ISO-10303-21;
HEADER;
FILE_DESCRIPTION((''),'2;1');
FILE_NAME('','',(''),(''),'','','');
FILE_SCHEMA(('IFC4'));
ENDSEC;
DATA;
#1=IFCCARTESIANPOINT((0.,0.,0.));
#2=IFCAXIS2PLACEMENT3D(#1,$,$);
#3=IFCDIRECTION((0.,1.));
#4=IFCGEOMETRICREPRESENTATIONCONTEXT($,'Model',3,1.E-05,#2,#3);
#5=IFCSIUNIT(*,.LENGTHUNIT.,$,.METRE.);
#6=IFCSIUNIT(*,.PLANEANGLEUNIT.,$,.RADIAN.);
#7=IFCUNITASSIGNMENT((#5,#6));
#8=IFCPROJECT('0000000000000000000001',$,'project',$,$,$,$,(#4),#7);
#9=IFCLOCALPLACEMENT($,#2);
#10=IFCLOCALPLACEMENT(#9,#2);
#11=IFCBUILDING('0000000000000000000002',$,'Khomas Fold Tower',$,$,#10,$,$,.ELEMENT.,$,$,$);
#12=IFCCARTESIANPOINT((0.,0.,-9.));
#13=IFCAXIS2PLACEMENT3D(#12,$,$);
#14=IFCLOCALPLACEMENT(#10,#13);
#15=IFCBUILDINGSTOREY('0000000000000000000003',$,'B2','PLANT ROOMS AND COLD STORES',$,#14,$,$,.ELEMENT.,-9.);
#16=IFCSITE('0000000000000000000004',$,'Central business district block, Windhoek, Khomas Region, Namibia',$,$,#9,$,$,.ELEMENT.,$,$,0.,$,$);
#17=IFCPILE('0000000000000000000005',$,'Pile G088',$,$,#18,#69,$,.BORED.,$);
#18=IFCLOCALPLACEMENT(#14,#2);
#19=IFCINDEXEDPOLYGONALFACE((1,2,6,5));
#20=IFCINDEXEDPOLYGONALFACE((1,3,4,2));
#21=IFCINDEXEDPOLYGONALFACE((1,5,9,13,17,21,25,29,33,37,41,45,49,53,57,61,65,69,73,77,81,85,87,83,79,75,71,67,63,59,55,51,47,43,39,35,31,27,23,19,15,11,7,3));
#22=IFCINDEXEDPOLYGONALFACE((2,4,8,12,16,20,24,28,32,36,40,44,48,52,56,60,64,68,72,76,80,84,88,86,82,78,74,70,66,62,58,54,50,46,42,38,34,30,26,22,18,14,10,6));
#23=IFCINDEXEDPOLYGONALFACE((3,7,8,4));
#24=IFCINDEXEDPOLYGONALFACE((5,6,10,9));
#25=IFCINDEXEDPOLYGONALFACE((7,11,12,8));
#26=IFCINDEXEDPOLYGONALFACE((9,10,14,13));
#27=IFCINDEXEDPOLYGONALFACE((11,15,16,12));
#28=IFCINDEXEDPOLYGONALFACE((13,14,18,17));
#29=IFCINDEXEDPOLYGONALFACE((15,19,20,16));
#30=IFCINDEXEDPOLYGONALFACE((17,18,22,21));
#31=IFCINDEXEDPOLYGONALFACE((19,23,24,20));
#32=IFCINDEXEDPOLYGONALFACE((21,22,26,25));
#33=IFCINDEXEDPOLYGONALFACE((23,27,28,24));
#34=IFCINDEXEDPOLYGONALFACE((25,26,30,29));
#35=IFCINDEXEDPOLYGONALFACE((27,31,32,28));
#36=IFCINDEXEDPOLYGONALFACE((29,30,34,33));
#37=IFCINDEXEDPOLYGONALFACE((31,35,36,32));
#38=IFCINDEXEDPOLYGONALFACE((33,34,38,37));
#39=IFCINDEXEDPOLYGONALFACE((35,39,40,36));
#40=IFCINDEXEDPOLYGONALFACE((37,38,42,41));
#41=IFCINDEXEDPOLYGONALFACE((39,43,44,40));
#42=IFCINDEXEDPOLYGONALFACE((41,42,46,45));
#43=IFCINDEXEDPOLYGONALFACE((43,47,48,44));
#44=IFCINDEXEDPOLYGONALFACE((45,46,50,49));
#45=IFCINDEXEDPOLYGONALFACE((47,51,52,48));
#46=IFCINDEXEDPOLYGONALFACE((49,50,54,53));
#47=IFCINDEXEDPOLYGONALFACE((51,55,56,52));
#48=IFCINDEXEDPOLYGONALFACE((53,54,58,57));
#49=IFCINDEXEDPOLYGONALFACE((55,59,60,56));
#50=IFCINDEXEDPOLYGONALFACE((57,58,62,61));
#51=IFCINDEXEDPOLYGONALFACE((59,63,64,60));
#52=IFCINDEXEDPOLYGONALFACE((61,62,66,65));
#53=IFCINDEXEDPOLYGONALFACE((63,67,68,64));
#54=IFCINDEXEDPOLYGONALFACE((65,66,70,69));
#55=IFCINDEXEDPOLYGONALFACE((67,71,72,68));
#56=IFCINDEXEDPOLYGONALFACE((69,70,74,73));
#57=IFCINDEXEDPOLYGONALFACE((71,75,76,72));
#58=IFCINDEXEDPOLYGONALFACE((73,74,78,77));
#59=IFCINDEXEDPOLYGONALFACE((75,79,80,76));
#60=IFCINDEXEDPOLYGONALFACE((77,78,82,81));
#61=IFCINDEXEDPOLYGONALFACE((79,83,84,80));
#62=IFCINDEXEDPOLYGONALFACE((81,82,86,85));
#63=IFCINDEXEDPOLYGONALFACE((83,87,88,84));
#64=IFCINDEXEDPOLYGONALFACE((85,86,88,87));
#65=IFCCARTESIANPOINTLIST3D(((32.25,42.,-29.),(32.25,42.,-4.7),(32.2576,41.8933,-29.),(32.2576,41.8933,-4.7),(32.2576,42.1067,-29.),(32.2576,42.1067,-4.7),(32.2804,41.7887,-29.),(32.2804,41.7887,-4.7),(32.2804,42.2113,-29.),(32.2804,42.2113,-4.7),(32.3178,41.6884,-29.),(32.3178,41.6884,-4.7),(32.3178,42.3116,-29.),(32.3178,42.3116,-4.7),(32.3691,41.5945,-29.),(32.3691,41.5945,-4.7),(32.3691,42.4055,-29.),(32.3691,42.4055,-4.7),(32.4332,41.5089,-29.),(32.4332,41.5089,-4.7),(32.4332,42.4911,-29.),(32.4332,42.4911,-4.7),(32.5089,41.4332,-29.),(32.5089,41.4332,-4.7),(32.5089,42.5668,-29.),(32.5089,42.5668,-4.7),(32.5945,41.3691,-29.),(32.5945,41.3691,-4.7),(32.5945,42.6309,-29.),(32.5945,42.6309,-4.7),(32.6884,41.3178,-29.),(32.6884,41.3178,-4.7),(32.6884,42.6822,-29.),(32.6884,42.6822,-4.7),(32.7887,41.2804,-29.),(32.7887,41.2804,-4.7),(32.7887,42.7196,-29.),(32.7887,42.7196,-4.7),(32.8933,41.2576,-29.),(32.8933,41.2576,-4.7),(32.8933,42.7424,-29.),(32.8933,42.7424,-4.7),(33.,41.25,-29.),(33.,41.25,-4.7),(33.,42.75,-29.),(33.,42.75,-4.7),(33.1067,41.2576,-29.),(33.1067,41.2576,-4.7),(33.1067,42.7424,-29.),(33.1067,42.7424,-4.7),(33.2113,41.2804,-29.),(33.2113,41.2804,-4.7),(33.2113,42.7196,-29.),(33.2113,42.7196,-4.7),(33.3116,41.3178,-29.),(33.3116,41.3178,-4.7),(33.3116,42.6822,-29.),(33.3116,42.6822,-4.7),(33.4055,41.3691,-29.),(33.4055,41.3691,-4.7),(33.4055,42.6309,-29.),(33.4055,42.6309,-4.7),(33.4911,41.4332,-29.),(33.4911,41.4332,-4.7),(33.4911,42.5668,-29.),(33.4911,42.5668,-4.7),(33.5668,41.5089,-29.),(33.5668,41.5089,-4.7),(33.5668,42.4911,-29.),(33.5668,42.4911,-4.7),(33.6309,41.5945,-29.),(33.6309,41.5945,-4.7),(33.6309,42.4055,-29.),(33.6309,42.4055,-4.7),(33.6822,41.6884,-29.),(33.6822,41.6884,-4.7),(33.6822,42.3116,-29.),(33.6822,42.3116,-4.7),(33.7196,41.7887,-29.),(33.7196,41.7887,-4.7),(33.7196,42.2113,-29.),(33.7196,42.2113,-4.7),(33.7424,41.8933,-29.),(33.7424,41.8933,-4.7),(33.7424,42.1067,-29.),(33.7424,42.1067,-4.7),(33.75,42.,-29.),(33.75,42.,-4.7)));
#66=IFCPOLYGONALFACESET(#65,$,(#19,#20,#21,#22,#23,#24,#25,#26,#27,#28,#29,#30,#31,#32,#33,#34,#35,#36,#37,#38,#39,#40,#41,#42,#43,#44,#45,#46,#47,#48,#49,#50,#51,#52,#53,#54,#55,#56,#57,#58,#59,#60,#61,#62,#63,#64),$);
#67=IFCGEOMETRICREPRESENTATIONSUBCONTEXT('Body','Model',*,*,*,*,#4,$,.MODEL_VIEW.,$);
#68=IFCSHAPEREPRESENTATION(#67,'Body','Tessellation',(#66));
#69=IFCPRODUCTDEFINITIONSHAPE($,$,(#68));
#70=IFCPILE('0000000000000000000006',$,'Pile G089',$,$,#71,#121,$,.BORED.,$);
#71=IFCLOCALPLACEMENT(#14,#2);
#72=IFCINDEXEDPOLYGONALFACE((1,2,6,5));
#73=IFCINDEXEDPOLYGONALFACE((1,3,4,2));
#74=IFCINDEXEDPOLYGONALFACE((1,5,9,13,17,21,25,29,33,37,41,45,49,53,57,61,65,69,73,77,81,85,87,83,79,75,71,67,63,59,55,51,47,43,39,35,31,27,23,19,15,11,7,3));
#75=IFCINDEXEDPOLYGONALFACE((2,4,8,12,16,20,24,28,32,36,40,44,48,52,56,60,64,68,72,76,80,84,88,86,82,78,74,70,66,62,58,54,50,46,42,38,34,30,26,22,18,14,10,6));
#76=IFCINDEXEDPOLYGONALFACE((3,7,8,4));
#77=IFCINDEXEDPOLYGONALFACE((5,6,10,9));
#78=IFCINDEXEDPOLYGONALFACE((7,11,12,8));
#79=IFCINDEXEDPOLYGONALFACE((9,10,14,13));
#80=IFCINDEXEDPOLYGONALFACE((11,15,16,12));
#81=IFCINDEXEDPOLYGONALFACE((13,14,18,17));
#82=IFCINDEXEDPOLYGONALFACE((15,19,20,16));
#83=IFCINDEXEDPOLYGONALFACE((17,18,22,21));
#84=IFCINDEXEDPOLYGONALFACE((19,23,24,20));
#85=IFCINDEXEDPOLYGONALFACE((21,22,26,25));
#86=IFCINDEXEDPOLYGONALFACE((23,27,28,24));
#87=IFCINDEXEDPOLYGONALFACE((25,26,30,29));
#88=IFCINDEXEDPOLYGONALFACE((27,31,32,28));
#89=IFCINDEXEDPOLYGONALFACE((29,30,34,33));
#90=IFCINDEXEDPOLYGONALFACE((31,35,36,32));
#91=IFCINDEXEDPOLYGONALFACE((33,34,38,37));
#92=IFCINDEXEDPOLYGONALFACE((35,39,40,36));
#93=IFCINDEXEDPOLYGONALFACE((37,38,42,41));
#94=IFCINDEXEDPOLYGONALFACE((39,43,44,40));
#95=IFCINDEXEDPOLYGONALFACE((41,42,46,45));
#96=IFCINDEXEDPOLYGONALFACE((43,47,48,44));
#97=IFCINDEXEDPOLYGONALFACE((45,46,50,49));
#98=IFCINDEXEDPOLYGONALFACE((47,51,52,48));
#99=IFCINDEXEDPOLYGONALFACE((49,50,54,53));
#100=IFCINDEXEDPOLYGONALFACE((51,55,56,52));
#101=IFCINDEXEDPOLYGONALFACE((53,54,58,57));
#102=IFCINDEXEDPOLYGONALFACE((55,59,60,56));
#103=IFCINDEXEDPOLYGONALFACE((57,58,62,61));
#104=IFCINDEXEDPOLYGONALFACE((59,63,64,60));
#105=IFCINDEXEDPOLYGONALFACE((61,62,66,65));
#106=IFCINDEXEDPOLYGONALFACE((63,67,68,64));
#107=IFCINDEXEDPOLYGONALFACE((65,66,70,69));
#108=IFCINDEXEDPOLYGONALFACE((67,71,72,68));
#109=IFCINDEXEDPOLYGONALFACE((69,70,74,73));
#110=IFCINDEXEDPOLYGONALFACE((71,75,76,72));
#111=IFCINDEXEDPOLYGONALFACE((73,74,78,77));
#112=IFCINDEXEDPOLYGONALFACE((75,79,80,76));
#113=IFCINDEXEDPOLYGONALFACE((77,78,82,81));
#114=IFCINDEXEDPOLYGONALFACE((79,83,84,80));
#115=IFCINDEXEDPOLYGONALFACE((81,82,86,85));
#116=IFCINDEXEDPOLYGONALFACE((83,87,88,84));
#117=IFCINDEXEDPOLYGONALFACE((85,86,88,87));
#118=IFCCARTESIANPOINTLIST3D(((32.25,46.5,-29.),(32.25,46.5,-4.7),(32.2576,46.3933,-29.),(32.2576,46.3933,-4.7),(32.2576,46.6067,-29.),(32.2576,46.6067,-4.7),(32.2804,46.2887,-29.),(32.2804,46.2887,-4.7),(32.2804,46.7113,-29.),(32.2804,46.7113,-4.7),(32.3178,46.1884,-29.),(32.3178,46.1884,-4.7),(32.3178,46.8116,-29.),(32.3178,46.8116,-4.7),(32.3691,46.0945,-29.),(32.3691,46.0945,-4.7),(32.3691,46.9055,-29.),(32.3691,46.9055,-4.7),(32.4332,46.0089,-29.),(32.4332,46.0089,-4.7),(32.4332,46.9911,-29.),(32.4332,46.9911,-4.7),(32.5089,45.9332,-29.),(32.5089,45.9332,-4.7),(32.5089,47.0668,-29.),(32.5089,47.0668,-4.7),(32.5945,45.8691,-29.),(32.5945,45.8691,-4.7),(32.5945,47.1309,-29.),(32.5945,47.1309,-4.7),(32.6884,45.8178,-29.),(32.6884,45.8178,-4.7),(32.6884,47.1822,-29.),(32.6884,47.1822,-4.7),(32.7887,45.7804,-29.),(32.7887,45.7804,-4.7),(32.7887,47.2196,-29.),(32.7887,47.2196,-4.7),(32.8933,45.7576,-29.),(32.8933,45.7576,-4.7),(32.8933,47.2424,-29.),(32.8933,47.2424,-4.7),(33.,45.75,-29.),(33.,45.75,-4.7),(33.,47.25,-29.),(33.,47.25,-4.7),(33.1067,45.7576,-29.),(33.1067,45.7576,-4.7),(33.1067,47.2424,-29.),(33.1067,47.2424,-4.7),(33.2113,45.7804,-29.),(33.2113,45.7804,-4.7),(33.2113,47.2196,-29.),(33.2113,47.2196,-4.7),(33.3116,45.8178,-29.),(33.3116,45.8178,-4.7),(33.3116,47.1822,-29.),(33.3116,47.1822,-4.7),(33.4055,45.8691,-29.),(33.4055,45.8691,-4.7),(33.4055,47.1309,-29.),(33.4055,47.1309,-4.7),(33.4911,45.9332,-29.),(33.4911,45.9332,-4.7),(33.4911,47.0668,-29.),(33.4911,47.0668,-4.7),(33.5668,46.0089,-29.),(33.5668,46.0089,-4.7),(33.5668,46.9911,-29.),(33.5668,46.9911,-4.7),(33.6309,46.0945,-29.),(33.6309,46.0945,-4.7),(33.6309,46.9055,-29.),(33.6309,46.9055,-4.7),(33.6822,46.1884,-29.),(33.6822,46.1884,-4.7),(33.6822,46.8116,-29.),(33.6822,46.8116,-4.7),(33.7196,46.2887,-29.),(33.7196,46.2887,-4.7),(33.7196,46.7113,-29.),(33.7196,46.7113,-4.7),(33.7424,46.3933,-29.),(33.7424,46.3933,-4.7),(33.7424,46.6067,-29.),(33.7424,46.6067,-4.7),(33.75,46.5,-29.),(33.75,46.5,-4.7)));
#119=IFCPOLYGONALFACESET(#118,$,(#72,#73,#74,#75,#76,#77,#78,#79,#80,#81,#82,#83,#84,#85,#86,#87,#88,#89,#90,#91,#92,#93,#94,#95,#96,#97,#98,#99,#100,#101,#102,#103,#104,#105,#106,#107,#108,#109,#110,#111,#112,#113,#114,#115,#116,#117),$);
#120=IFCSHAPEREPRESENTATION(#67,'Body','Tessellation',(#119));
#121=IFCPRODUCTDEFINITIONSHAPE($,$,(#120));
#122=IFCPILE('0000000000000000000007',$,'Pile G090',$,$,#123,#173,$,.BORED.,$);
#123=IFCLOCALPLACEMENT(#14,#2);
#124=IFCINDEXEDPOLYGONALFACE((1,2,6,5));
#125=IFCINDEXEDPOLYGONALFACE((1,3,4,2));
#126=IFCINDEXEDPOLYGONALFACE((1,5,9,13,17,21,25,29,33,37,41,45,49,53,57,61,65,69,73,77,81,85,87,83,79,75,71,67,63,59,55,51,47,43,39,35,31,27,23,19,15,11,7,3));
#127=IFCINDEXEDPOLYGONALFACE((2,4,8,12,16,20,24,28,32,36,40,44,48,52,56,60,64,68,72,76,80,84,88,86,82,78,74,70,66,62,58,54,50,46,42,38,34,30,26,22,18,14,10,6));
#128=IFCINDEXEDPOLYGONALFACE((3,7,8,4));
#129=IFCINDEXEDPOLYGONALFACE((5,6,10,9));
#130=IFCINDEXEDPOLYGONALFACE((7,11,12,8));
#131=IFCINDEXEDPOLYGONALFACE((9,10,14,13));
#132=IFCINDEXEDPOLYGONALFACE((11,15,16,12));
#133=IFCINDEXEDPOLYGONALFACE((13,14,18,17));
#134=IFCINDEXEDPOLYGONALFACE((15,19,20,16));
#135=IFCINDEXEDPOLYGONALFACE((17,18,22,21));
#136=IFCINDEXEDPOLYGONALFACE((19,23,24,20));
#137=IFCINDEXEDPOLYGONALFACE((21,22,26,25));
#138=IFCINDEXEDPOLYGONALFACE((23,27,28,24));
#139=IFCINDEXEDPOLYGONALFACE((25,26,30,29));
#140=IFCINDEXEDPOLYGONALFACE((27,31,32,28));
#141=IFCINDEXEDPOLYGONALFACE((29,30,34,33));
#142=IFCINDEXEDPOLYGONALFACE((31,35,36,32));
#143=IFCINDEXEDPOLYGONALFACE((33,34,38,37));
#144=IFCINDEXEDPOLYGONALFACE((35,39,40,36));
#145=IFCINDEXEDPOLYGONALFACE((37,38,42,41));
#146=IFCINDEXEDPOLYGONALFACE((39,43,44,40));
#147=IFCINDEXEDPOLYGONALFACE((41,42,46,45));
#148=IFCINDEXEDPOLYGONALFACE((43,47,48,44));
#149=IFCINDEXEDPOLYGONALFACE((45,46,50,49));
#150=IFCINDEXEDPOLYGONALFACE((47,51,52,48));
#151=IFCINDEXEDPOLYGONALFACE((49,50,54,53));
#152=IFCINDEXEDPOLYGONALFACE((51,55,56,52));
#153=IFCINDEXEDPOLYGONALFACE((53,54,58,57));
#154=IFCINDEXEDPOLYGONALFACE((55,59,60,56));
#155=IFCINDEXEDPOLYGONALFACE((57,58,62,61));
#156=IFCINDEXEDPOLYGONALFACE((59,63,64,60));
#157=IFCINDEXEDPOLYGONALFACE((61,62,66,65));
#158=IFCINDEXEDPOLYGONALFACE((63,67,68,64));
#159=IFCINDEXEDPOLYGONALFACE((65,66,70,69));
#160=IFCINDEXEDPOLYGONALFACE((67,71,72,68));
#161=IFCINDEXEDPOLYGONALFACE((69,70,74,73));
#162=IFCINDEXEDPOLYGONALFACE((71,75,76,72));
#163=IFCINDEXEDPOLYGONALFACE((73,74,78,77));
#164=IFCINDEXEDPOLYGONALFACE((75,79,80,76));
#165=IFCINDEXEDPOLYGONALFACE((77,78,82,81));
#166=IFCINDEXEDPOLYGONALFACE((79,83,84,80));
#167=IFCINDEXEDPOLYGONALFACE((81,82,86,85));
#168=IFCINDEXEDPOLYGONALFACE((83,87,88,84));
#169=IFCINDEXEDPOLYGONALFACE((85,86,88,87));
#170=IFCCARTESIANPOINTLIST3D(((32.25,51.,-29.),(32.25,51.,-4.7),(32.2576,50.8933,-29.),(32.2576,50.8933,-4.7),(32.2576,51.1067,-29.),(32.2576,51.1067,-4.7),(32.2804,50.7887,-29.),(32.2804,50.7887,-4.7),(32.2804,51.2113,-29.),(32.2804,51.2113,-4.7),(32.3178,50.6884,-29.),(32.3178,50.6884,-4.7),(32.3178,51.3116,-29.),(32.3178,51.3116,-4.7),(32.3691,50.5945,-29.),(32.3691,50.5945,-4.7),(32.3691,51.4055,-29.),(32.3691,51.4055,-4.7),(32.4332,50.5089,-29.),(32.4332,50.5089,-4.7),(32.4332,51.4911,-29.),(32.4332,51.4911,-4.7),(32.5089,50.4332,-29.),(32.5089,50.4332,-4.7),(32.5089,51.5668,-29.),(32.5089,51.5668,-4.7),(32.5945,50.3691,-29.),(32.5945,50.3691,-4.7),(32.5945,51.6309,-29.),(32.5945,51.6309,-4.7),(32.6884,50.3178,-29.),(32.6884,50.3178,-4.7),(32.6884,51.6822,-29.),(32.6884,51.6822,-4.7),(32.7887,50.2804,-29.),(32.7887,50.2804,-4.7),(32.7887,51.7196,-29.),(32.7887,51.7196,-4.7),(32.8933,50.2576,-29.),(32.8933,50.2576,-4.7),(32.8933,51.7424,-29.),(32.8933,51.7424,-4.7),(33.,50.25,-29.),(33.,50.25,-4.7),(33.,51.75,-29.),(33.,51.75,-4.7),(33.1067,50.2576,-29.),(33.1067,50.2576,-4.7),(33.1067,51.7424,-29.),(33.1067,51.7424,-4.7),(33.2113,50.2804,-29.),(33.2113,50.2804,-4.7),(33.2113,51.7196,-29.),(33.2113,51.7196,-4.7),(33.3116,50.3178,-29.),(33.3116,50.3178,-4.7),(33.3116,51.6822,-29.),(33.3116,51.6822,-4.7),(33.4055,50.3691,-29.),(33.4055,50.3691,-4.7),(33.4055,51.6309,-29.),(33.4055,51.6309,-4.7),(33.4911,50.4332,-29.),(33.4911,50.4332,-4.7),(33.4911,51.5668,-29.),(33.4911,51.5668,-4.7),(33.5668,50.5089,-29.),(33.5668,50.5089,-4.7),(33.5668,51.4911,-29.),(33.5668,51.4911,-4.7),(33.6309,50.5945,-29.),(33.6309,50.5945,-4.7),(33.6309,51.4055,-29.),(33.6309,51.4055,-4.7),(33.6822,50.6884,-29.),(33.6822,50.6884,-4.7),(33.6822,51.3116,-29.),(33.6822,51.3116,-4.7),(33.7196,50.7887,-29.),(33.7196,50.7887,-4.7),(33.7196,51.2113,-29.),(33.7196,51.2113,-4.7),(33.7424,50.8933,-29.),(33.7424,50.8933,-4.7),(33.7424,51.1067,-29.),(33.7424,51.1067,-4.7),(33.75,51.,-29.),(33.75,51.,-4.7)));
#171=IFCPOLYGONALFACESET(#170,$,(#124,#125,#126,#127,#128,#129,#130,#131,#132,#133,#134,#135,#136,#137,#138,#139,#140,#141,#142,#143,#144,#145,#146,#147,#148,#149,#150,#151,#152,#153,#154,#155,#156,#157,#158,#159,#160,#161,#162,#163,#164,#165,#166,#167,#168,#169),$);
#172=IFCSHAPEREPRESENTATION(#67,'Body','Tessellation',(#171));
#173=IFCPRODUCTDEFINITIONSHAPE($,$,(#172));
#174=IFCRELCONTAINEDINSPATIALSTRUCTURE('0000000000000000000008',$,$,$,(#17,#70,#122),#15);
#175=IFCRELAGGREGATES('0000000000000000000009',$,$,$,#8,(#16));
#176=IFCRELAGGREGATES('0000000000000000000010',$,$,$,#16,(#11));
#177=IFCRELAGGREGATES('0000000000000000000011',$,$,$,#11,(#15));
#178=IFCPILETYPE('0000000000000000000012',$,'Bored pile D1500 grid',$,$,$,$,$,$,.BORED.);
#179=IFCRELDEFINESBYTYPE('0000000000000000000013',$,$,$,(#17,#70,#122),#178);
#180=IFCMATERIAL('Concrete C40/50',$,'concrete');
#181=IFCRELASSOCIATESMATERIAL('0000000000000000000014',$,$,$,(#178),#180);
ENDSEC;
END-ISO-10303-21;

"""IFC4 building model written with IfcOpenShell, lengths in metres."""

from ifc_helpers import new_model, si_unit, direction, frame, origin, origin_2d, place, context, subcontext, project, spatial, circle, extrude, source, transform, mapped, material, material_profile, profile_set, type_object, element, save


model = new_model("IFC4")

# Units and contexts
model_context = context("Model", 3, precision=1e-05, world=origin(), true_north=direction((0.0, 1.0)))
body_context = subcontext(model_context, "Body", "Model", "MODEL_VIEW")
ifc_project = project(units=[si_unit("LENGTHUNIT", "METRE"), si_unit("PLANEANGLEUNIT", "RADIAN")], contexts=[model_context])

# Site, building, storey
site_placement = place(None, origin())
site = spatial("IfcSite", under=ifc_project, at=site_placement, Name="Central business district block, Windhoek, Khomas Region, Namibia", CompositionType="ELEMENT", RefElevation=0.0)
building_placement = place(site_placement, origin())
building = spatial("IfcBuilding", under=site, at=building_placement, Name="Khomas Fold Tower", CompositionType="ELEMENT")
storey_placement = place(building_placement, frame((0.0, 0.0, -9.0)))
storey = spatial("IfcBuildingStorey", under=building, at=storey_placement, Name="B2", Description="PLANT ROOMS AND COLD STORES", CompositionType="ELEMENT", Elevation=-9.0)

# Piles
ifc_material_1 = material(Name="Concrete C40/50", Category="concrete")
ifc_material_profile_1 = material_profile(ifc_material_1, circle(Radius=0.75, at=origin_2d()), Name="PILE D1500")
ifc_profile_set_1 = profile_set([ifc_material_profile_1], Name="Concrete C40/50")
pile_type = type_object("IfcPileType", Name="Bored pile D1500 grid", PredefinedType="BORED", material=ifc_profile_set_1)
shared_shape_1 = source(origin(), body_context, "Body", "SweptSolid", [
    extrude(circle(Radius=0.75, at=origin_2d()), origin(), (0.0, 0.0, 1.0), 24.3),
])
for number, where, z_axis, x_axis, name in (
    (1, (33.0, 42.0, -4.7), (0.0, 0.0, -1.0), (1.0, 0.0, 0.0), "Pile G088"),
    (2, (33.0, 46.5, -4.7), (0.0, 0.0, -1.0), (1.0, 0.0, 0.0), "Pile G089"),
    (3, (33.0, 51.0, -4.7), (0.0, 0.0, -1.0), (1.0, 0.0, 0.0), "Pile G090"),
):
    element("IfcPile", number, at=place(storey_placement, frame(where, z_axis=z_axis, x_axis=x_axis)), inside=storey, type_object=pile_type, Name=name, PredefinedType="BORED", context=body_context, shape_type="MappedRepresentation", body=[
        mapped(shared_shape_1, transform((0.0, 0.0, 0.0))),
    ])

save(model, "model.ifc")
